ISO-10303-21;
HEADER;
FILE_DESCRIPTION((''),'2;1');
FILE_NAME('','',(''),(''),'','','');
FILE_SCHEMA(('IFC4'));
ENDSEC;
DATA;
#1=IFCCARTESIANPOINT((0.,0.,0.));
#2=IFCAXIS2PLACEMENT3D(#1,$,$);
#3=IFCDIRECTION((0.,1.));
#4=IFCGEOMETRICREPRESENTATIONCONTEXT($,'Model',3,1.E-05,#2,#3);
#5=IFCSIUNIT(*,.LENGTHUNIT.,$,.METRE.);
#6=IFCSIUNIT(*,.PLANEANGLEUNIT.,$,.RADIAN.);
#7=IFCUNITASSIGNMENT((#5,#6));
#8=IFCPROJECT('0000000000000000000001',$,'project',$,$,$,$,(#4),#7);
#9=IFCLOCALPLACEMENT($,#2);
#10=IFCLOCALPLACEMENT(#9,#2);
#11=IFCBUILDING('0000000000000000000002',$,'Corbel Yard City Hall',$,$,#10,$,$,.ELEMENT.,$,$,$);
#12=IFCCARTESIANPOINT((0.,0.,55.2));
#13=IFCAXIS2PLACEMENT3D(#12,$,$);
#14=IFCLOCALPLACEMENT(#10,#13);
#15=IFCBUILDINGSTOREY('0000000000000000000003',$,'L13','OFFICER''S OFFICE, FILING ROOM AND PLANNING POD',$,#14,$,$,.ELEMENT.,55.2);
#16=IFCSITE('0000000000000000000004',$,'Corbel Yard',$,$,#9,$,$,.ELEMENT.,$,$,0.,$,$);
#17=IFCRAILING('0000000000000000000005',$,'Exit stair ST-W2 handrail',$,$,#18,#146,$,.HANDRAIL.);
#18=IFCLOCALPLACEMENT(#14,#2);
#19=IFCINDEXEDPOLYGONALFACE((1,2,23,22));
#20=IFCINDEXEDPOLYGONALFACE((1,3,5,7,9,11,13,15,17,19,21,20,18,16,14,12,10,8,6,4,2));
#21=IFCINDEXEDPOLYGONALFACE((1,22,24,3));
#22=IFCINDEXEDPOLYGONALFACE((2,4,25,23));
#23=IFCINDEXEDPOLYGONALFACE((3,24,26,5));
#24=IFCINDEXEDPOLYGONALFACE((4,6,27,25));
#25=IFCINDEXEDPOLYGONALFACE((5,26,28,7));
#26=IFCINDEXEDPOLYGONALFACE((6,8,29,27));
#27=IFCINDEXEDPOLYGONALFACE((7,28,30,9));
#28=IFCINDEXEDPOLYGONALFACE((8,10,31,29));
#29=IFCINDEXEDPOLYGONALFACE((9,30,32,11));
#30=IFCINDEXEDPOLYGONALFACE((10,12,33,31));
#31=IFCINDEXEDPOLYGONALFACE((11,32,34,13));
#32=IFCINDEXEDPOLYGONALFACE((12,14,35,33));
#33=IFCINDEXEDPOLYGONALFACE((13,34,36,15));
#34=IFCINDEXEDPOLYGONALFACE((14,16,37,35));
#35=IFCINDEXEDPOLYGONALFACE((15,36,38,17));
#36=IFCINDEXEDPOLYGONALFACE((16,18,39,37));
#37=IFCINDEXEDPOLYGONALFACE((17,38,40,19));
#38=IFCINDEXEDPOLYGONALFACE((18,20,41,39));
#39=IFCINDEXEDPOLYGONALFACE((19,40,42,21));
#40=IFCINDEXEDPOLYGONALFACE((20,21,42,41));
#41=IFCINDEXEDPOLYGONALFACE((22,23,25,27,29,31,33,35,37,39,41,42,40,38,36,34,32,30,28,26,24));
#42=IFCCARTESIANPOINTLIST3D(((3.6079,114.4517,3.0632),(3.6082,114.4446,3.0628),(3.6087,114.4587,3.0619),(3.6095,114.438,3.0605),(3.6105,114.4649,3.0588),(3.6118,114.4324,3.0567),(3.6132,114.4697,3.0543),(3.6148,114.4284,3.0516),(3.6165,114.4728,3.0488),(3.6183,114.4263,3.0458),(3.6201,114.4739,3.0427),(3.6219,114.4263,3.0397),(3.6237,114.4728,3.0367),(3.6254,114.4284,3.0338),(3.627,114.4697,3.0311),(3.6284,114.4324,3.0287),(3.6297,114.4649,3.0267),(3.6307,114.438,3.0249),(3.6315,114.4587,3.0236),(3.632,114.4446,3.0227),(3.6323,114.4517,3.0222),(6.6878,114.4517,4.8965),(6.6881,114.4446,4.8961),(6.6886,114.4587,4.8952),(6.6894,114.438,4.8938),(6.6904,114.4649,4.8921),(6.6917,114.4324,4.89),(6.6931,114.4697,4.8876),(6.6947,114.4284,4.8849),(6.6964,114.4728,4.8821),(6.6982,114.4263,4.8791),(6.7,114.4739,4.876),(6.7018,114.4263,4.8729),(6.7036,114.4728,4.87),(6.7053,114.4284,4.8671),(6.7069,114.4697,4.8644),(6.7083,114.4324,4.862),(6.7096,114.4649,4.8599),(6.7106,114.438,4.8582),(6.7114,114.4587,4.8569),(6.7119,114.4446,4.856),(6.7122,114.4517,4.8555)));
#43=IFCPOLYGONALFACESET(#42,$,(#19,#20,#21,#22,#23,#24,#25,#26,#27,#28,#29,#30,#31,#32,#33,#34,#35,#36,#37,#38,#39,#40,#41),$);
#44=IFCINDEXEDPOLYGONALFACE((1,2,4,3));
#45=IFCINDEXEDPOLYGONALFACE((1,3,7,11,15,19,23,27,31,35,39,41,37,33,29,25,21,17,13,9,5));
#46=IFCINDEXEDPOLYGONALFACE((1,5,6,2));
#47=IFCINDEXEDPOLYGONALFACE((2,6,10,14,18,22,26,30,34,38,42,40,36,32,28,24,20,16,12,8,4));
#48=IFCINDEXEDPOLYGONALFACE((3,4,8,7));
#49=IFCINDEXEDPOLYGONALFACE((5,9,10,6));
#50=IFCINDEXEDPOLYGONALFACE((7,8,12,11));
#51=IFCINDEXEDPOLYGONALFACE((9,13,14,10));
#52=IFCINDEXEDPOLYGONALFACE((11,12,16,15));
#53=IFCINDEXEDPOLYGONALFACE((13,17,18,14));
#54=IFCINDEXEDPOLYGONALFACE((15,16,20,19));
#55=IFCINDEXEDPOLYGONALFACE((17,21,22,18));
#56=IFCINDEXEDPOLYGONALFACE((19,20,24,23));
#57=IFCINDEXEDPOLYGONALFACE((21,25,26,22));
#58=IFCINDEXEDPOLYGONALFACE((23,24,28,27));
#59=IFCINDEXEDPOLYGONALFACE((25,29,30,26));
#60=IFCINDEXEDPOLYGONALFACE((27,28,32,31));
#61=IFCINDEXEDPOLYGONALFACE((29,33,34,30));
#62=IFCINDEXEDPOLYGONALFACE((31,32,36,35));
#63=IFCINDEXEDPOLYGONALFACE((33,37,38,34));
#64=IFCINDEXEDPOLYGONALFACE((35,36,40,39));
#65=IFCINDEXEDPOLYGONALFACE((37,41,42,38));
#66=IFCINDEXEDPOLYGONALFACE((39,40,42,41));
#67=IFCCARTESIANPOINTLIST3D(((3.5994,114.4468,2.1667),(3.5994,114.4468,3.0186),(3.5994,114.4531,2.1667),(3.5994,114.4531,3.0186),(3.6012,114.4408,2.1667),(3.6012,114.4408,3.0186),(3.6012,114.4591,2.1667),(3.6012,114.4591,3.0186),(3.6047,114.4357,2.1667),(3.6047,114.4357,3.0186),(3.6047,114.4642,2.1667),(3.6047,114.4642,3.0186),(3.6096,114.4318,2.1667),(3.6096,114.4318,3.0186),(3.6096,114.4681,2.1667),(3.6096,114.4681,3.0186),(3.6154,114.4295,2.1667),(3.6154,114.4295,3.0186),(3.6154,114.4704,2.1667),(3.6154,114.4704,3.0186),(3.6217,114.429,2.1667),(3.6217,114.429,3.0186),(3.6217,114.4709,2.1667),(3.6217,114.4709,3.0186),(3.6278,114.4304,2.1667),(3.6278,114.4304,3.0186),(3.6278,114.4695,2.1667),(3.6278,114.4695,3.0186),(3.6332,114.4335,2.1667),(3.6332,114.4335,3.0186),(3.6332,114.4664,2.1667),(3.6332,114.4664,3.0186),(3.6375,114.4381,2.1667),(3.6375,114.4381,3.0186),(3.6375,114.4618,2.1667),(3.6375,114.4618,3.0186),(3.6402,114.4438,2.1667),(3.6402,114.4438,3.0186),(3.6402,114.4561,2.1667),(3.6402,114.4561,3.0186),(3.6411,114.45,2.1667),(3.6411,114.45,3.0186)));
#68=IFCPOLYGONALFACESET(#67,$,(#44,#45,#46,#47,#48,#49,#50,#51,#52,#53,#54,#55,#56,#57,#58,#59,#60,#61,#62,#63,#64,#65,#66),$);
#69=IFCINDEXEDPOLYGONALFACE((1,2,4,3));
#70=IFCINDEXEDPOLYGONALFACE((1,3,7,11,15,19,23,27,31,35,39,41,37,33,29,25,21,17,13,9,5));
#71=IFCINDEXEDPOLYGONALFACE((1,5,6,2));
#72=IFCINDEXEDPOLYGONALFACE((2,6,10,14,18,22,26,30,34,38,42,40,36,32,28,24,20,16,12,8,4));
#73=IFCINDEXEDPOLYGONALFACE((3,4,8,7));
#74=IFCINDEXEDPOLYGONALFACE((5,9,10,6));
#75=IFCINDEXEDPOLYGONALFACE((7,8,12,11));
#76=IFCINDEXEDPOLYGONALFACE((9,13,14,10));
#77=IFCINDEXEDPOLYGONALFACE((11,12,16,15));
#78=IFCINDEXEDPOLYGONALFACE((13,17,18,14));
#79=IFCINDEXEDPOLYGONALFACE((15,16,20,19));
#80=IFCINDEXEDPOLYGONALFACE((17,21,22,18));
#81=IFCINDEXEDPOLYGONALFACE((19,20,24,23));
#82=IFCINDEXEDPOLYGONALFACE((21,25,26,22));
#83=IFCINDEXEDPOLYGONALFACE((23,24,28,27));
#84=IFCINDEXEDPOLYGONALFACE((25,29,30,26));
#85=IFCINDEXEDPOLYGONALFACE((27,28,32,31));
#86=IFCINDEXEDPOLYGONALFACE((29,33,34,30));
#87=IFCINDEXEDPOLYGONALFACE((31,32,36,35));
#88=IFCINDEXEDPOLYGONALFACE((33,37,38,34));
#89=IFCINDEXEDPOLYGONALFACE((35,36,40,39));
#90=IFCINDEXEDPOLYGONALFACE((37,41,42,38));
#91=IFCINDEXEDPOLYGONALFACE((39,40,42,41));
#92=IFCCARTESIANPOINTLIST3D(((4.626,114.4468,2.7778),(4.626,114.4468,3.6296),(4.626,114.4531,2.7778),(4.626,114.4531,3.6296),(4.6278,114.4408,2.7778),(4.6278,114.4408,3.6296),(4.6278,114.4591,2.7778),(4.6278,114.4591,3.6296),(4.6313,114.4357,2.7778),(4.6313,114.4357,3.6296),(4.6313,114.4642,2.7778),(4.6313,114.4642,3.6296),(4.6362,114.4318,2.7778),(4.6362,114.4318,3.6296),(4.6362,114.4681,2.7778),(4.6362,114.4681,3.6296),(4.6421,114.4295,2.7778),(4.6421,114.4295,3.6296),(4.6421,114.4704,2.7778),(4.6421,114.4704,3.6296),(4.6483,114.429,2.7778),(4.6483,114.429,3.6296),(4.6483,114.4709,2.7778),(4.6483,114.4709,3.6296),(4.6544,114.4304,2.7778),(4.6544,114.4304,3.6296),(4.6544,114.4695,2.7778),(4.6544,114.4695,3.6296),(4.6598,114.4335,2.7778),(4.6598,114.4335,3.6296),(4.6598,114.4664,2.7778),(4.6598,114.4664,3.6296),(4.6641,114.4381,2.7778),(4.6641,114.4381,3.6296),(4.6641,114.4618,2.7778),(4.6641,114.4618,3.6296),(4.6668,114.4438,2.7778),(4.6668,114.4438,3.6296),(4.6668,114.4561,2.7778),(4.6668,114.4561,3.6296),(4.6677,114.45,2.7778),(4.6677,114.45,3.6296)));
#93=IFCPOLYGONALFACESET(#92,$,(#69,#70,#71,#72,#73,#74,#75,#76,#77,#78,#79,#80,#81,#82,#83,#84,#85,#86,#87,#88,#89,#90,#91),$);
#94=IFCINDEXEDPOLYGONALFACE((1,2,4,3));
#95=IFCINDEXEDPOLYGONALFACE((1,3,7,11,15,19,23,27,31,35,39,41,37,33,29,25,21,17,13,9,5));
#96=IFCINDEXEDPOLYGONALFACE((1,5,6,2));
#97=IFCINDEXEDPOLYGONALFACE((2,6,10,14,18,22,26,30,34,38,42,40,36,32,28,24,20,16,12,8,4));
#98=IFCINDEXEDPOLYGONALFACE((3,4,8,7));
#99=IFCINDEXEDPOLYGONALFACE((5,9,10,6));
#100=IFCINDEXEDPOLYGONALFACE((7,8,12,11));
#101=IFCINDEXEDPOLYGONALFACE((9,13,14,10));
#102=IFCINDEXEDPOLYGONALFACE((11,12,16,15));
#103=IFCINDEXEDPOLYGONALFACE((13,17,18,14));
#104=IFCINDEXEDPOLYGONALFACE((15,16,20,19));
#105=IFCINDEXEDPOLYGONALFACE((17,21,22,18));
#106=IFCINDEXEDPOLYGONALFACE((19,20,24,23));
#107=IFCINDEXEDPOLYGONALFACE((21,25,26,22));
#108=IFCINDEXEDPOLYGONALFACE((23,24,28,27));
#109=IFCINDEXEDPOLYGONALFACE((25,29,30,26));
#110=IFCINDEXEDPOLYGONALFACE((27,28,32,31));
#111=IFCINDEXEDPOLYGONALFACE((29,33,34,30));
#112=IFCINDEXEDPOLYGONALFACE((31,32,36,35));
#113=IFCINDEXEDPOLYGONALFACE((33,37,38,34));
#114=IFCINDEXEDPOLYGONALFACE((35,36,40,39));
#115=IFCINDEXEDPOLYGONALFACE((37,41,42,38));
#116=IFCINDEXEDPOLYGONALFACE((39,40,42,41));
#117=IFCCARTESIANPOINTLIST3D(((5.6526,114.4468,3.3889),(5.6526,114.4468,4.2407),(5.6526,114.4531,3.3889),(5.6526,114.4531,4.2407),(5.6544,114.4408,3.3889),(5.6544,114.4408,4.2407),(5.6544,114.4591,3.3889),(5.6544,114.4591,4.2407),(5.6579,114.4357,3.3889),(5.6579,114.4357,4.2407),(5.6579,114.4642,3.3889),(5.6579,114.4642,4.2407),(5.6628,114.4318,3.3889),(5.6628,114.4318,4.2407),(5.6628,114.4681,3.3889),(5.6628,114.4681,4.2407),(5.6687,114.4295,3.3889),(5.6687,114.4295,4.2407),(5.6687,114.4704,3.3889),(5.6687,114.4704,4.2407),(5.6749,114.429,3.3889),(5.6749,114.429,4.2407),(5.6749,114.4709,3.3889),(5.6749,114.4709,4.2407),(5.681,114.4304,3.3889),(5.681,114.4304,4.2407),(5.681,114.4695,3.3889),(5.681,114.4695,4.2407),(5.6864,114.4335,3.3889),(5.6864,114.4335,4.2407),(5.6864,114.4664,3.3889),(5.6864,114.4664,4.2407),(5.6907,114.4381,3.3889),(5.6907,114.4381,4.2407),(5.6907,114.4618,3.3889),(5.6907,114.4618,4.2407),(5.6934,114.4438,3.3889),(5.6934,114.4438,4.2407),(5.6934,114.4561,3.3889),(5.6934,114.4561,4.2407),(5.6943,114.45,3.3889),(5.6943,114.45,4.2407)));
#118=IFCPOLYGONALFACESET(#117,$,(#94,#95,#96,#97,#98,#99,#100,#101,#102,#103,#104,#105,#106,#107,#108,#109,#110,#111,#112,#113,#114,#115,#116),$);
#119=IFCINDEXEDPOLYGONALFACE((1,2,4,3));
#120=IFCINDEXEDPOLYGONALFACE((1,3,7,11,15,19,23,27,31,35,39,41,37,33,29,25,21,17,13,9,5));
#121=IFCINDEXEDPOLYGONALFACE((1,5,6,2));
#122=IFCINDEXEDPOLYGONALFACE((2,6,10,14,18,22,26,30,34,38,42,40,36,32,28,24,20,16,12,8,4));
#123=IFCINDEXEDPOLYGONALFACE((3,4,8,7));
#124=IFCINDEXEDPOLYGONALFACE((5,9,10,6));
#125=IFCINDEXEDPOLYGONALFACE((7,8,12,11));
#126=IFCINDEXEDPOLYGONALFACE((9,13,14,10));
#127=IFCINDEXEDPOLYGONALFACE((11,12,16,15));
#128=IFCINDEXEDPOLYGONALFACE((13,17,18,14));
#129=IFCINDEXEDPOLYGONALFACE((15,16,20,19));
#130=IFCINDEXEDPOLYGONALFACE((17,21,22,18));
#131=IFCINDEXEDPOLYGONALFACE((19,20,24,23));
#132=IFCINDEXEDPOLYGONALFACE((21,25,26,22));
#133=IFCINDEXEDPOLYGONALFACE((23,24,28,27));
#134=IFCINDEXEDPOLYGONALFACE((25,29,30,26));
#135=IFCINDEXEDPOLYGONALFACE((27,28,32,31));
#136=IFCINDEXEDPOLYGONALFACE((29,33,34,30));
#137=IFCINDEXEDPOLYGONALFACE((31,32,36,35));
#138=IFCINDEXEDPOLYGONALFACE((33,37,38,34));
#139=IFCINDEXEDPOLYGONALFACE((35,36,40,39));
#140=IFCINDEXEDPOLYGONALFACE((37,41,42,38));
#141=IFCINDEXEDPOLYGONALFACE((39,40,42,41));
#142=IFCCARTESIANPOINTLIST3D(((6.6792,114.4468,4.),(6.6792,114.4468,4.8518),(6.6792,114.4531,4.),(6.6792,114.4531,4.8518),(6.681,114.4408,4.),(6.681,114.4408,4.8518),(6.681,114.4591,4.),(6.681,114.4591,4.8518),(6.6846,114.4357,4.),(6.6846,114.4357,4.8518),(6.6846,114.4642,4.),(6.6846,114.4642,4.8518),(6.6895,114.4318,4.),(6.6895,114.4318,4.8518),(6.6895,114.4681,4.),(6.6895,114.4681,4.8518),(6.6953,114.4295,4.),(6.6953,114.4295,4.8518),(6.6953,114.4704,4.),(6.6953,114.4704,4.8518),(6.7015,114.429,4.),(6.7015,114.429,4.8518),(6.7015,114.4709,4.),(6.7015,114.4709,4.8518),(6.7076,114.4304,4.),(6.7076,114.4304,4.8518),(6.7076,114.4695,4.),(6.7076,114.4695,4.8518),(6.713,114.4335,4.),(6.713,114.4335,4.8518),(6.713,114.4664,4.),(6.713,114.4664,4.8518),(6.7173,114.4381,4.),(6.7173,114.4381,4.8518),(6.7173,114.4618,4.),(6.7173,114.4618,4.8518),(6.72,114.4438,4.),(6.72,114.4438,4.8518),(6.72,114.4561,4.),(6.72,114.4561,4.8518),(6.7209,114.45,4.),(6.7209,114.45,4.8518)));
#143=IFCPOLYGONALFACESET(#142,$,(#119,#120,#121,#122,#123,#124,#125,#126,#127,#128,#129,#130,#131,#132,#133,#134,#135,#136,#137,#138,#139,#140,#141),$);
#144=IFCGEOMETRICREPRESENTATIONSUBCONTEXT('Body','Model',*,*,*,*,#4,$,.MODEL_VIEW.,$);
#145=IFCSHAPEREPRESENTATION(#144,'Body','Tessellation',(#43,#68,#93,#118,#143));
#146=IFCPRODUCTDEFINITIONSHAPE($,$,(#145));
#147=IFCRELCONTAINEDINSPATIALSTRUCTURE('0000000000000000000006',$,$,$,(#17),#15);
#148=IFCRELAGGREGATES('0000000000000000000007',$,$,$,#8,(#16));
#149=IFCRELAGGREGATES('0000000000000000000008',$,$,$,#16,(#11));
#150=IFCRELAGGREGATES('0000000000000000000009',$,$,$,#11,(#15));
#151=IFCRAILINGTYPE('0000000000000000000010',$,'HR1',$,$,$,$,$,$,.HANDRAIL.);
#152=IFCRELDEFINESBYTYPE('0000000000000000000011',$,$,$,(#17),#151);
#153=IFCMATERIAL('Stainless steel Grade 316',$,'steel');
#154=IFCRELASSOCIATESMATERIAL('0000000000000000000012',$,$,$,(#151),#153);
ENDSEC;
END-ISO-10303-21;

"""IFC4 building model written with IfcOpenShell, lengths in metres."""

from ifc_helpers import new_model, si_unit, direction, frame, origin, origin_2d, place, context, subcontext, project, spatial, circle, extrude, material, type_object, element, save


model = new_model("IFC4")

# Units and contexts
model_context = context("Model", 3, precision=1e-05, world=origin(), true_north=direction((0.0, 1.0)))
body_context = subcontext(model_context, "Body", "Model", "MODEL_VIEW")
ifc_project = project(units=[si_unit("LENGTHUNIT", "METRE"), si_unit("PLANEANGLEUNIT", "RADIAN")], contexts=[model_context])

# Site, building, storey
site_placement = place(None, origin())
site = spatial("IfcSite", under=ifc_project, at=site_placement, Name="Corbel Yard", CompositionType="ELEMENT", RefElevation=0.0)
building_placement = place(site_placement, origin())
building = spatial("IfcBuilding", under=site, at=building_placement, Name="Corbel Yard City Hall", CompositionType="ELEMENT")
storey_placement = place(building_placement, frame((0.0, 0.0, 55.2)))
storey = spatial("IfcBuildingStorey", under=building, at=storey_placement, Name="L13", Description="OFFICER'S OFFICE, FILING ROOM AND PLANNING POD", CompositionType="ELEMENT", Elevation=55.2)

# Shared definitions
ifc_material_1 = material(Name="Stainless steel Grade 316", Category="steel")

# Railing
railing_type = type_object("IfcRailingType", Name="HR1", PredefinedType="HANDRAIL", material=ifc_material_1)
for number, where, name in (
    (1, (3.6201, 114.45, 2.1667), "Exit stair ST-W2 handrail"),
):
    element("IfcRailing", number, at=place(storey_placement, frame(where)), inside=storey, type_object=railing_type, Name=name, PredefinedType="HANDRAIL", context=body_context, shape_type="SweptSolid", body=[
        extrude(circle(Radius=0.0239, at=origin_2d()), frame((0.0, 0.0, 0.876), z_axis=(0.859291, 0.0, 0.511487), x_axis=(0.0, 1.0, 0.0)), (0.0, 0.0, 1.0), 3.5842),
        extrude(circle(Radius=0.021, at=origin_2d()), origin(), (0.0, 0.0, 1.0), 0.8518),
        extrude(circle(Radius=0.021, at=origin_2d()), frame((1.0266, 0.0, 0.6111)), (0.0, 0.0, 1.0), 0.8518),
        extrude(circle(Radius=0.021, at=origin_2d()), frame((2.0532, 0.0, 1.2222)), (0.0, 0.0, 1.0), 0.8518),
        extrude(circle(Radius=0.021, at=origin_2d()), frame((3.0798, 0.0, 1.8333)), (0.0, 0.0, 1.0), 0.8518),
    ])

save(model, "model.ifc")
